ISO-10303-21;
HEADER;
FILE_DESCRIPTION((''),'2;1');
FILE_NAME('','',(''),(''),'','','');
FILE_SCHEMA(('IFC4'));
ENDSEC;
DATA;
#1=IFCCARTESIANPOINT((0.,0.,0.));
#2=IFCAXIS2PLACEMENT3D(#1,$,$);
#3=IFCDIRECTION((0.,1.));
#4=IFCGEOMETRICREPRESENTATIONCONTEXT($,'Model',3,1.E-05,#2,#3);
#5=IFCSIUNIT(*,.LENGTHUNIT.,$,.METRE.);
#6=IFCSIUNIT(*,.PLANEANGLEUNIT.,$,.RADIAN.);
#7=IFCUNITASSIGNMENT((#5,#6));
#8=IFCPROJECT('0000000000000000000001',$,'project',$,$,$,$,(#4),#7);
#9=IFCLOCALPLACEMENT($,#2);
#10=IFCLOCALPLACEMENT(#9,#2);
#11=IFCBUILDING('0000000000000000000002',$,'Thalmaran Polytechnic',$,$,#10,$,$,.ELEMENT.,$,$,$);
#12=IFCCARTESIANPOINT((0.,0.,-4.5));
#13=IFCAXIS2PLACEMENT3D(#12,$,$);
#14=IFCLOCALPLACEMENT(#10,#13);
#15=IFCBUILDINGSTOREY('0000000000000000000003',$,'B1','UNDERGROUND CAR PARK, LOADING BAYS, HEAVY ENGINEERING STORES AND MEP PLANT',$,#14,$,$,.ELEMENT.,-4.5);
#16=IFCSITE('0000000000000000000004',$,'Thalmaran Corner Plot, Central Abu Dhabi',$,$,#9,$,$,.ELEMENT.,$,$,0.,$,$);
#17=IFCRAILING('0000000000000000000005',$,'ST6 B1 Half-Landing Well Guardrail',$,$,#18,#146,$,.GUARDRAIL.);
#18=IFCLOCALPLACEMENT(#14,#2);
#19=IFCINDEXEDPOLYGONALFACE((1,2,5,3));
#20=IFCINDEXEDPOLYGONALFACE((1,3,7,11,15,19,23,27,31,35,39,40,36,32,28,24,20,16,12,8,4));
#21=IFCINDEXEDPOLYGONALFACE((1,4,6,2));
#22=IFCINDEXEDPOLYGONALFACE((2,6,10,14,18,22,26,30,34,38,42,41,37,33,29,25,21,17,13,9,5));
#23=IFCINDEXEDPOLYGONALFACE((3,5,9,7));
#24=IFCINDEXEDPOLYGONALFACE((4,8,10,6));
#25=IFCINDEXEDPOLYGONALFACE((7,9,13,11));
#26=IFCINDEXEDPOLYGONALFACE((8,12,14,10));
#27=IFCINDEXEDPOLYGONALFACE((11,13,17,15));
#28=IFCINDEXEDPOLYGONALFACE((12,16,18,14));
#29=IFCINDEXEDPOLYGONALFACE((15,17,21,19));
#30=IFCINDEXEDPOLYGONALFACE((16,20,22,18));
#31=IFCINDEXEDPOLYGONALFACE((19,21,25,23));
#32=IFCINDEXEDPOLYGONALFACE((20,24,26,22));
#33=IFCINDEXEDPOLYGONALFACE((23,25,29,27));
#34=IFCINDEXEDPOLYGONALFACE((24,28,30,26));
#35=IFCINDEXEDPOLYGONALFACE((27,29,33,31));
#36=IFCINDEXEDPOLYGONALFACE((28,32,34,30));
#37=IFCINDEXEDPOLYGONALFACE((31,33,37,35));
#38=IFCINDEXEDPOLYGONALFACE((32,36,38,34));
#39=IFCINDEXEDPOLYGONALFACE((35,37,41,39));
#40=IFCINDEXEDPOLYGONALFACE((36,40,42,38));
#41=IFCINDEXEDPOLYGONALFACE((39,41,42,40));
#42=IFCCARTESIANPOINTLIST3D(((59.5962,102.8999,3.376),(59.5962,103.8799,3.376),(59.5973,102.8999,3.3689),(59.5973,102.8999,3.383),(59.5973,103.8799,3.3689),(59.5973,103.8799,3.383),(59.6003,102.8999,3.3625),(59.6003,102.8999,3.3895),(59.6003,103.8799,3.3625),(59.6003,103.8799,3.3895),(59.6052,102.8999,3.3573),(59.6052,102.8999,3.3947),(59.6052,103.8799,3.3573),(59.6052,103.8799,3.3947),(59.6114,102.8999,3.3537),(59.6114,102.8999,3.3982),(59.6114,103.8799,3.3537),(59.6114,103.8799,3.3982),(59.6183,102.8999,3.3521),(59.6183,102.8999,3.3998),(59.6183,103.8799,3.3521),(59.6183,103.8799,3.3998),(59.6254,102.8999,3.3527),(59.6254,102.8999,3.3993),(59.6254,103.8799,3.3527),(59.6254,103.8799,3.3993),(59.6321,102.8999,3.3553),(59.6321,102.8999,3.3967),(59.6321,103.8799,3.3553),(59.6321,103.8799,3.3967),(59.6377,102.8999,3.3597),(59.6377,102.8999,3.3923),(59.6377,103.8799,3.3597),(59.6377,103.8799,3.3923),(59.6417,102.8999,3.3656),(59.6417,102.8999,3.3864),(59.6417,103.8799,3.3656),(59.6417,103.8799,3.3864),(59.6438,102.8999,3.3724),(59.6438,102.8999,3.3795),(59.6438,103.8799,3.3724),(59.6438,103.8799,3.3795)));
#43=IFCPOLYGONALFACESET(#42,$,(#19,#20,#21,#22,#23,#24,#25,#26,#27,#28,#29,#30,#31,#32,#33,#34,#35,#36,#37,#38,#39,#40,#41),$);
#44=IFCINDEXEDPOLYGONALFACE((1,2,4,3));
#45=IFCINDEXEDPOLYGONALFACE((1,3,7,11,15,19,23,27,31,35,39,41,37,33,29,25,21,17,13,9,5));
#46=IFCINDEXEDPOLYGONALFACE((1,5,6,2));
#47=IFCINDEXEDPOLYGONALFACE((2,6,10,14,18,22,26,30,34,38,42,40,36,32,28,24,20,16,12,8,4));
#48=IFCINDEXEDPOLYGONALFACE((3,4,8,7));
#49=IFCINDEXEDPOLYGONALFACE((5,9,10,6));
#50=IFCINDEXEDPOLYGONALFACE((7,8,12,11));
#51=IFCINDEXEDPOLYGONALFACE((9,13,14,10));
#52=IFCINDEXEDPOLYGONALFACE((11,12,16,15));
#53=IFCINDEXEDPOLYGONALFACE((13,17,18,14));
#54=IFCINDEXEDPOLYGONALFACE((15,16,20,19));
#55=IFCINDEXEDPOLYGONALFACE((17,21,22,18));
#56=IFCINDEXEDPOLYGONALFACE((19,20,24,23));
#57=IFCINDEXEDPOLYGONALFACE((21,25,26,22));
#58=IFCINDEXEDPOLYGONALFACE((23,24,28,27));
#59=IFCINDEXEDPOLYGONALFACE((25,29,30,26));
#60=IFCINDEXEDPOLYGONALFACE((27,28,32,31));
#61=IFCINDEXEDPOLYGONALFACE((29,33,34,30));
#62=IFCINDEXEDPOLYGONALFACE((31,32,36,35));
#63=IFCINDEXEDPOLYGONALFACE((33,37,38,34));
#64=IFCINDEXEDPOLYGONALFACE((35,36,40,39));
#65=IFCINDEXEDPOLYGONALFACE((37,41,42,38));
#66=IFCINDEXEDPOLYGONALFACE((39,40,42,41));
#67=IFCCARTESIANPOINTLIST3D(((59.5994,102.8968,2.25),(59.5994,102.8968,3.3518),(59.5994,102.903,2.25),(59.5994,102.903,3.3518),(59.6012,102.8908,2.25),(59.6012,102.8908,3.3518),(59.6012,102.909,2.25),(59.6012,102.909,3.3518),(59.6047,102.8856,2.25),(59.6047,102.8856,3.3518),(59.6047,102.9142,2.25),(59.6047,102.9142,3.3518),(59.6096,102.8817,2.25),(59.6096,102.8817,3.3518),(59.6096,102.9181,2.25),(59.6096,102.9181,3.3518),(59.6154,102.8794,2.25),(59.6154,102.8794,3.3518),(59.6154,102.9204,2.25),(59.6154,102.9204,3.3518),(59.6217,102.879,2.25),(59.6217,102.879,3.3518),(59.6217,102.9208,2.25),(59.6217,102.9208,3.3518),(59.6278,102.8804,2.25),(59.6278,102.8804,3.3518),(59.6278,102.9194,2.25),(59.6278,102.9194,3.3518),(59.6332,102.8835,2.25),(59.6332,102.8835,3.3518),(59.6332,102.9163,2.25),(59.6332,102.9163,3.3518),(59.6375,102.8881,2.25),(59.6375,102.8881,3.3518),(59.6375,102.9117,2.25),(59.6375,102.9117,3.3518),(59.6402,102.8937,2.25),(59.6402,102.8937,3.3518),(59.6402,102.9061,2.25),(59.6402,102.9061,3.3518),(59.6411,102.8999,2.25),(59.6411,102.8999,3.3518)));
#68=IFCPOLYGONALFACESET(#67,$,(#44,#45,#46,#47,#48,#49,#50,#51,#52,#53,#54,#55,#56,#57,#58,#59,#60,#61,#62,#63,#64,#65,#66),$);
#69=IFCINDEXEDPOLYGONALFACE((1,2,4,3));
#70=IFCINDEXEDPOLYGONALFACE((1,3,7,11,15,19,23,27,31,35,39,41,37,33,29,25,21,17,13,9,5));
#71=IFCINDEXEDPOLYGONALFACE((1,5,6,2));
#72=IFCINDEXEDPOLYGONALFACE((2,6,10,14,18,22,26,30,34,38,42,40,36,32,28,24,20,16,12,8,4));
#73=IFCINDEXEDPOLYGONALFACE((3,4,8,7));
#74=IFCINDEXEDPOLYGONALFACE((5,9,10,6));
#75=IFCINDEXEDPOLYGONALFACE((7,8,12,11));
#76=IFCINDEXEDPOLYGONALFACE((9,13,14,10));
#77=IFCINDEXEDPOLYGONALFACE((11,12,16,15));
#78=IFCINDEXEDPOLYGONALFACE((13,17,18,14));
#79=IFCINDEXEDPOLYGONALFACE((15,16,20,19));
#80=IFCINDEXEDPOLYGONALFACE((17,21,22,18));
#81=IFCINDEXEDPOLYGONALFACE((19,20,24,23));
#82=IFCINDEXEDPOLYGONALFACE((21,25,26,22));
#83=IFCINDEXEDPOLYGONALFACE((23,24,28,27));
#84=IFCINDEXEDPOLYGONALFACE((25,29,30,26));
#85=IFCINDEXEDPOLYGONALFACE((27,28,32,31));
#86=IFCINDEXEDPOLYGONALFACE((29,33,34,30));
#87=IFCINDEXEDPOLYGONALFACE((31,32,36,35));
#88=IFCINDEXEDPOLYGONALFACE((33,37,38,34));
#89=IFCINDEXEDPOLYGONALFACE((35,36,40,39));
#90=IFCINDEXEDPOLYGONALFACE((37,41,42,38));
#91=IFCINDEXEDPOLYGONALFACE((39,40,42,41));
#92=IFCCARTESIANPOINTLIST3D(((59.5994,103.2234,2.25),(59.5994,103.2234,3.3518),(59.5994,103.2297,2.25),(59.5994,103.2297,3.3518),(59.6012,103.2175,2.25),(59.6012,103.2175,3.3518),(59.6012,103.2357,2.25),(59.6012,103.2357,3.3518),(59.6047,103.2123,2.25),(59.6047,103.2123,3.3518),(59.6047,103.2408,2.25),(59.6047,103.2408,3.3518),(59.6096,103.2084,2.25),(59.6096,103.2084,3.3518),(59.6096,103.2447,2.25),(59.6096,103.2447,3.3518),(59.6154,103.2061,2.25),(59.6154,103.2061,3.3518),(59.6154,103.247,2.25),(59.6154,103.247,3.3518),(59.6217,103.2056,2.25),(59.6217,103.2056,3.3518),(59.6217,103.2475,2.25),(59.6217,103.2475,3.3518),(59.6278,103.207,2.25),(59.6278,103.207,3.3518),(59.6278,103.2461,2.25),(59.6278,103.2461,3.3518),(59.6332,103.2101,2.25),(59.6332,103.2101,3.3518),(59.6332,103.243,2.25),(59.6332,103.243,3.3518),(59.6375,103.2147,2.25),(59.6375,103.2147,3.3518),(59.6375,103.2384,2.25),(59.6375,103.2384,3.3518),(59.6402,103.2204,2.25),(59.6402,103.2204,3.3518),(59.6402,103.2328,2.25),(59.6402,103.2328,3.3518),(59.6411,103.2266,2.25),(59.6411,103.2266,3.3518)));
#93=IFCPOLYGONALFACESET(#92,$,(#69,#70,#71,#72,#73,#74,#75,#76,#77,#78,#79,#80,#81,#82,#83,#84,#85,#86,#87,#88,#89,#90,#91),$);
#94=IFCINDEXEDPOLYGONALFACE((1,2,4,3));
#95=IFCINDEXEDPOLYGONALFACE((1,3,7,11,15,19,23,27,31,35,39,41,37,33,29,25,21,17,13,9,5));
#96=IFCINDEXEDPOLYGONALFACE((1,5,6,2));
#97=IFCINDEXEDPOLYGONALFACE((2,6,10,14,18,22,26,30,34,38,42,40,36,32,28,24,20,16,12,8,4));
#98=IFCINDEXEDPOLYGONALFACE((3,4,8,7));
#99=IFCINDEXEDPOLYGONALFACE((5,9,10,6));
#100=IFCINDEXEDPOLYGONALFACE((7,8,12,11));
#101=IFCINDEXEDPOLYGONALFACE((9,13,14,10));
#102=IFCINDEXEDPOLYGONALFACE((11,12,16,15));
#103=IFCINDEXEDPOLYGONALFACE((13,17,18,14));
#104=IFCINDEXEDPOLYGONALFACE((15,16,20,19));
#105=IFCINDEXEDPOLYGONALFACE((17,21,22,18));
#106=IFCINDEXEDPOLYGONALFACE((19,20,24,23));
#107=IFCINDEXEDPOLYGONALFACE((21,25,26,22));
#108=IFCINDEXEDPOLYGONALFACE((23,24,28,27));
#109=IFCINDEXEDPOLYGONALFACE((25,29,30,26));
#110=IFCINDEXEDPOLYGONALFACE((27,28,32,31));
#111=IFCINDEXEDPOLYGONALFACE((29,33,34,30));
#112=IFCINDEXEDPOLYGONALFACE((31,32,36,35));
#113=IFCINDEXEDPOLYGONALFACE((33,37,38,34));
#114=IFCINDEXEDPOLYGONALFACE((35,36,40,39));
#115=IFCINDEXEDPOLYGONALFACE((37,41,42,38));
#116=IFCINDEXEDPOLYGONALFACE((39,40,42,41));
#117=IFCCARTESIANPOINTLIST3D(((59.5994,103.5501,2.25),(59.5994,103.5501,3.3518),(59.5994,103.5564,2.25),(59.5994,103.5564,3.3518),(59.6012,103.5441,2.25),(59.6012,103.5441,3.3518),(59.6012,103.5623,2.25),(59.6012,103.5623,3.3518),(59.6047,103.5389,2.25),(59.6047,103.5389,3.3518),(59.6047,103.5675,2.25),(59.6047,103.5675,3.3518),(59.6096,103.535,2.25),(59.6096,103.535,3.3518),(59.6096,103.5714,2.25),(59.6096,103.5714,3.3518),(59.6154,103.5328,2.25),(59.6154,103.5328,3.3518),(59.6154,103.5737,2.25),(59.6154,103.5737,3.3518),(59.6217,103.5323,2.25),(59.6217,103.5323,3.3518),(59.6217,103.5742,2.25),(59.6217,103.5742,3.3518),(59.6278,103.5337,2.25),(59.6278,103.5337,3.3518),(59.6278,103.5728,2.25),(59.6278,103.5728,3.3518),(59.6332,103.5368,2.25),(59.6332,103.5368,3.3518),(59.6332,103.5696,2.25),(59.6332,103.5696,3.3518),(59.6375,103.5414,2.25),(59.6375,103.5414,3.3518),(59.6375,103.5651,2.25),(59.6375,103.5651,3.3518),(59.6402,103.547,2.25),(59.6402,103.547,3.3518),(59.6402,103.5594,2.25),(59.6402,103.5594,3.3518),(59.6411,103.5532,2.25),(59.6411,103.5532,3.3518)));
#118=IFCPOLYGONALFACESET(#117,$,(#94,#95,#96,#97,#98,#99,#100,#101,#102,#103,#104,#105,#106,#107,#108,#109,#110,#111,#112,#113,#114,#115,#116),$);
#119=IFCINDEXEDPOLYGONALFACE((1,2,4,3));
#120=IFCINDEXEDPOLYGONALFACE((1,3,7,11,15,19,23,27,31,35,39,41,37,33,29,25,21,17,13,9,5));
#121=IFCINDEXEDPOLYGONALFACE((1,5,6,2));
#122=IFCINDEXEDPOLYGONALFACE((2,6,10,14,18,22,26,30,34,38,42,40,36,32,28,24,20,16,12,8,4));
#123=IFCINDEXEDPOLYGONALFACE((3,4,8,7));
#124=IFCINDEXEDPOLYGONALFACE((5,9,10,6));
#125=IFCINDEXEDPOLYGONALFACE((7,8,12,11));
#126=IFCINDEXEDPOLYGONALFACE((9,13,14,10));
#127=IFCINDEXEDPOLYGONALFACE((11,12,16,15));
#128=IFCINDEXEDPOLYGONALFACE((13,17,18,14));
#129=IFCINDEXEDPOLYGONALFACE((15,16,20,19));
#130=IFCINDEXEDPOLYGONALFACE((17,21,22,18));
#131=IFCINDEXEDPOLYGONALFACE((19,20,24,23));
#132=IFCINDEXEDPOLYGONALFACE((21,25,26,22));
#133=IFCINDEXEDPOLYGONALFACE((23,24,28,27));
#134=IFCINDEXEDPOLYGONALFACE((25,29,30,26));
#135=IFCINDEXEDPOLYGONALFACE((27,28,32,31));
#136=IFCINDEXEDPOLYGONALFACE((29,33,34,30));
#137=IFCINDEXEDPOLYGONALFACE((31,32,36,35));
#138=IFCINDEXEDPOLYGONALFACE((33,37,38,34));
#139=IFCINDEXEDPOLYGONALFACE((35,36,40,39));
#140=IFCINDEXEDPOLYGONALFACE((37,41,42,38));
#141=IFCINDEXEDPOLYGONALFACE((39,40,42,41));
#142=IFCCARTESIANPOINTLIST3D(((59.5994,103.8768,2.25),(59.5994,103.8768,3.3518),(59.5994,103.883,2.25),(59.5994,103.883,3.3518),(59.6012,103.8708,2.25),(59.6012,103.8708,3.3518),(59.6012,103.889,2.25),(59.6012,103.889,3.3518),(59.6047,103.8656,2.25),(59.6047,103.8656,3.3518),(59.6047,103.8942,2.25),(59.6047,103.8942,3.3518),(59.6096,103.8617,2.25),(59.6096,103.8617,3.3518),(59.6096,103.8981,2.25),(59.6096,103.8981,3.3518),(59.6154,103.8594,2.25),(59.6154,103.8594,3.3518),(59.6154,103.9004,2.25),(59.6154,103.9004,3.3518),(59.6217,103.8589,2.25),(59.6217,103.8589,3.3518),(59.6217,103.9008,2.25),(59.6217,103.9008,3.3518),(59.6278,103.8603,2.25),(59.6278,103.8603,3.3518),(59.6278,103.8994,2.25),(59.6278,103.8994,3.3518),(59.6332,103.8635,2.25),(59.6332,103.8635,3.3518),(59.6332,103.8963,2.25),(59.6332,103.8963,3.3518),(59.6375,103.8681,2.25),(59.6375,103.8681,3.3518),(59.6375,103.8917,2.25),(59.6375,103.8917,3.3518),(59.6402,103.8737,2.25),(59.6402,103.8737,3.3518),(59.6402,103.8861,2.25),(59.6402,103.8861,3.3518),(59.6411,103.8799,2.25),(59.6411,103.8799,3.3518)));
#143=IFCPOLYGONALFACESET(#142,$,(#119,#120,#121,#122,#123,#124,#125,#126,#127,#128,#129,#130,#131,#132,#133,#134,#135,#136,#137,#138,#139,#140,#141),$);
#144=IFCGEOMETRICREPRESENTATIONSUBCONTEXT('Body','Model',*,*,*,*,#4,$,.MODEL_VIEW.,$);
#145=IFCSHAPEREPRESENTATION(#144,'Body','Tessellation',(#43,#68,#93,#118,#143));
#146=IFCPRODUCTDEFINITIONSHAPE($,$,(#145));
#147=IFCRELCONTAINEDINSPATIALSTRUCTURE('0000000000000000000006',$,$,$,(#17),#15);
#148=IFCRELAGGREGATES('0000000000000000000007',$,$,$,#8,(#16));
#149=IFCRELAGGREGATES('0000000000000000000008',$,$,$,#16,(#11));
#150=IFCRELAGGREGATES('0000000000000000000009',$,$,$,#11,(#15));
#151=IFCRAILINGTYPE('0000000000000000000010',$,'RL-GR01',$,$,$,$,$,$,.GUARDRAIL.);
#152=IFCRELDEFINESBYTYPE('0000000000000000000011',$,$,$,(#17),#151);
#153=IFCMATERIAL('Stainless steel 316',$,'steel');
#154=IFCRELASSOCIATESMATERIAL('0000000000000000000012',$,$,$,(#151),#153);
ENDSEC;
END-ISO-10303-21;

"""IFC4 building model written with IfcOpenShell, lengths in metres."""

from ifc_helpers import new_model, si_unit, direction, frame, origin, origin_2d, place, context, subcontext, project, spatial, circle, extrude, material, type_object, element, save


model = new_model("IFC4")

# Units and contexts
model_context = context("Model", 3, precision=1e-05, world=origin(), true_north=direction((0.0, 1.0)))
body_context = subcontext(model_context, "Body", "Model", "MODEL_VIEW")
ifc_project = project(units=[si_unit("LENGTHUNIT", "METRE"), si_unit("PLANEANGLEUNIT", "RADIAN")], contexts=[model_context])

# Site, building, storey
site_placement = place(None, origin())
site = spatial("IfcSite", under=ifc_project, at=site_placement, Name="Thalmaran Corner Plot, Central Abu Dhabi", CompositionType="ELEMENT", RefElevation=0.0)
building_placement = place(site_placement, origin())
building = spatial("IfcBuilding", under=site, at=building_placement, Name="Thalmaran Polytechnic", CompositionType="ELEMENT")
storey_placement = place(building_placement, frame((0.0, 0.0, -4.5)))
storey = spatial("IfcBuildingStorey", under=building, at=storey_placement, Name="B1", Description="UNDERGROUND CAR PARK, LOADING BAYS, HEAVY ENGINEERING STORES AND MEP PLANT", CompositionType="ELEMENT", Elevation=-4.5)

# Railing
ifc_material_1 = material(Name="Stainless steel 316", Category="steel")
railing_type_1 = type_object("IfcRailingType", Name="RL-GR01", PredefinedType="GUARDRAIL", material=ifc_material_1)
railing_1_placement = place(storey_placement, frame((59.6201, 102.8999, 2.25)))
element("IfcRailing", 1, at=railing_1_placement, inside=storey, type_object=railing_type_1, Name="ST6 B1 Half-Landing Well Guardrail", PredefinedType="GUARDRAIL", context=body_context, shape_type="SweptSolid", body=[
    extrude(circle(Radius=0.0239, at=origin_2d()), frame((0.0, 0.0, 1.126), z_axis=(0.0, 1.0, 0.0), x_axis=(-1.0, 0.0, 0.0)), (0.0, 0.0, 1.0), 0.98),
    extrude(circle(Radius=0.021, at=origin_2d()), origin(), (0.0, 0.0, 1.0), 1.1018),
    extrude(circle(Radius=0.021, at=origin_2d()), frame((0.0, 0.3267, 0.0)), (0.0, 0.0, 1.0), 1.1018),
    extrude(circle(Radius=0.021, at=origin_2d()), frame((0.0, 0.6533, 0.0)), (0.0, 0.0, 1.0), 1.1018),
    extrude(circle(Radius=0.021, at=origin_2d()), frame((0.0, 0.98, 0.0)), (0.0, 0.0, 1.0), 1.1018),
])

save(model, "model.ifc")
